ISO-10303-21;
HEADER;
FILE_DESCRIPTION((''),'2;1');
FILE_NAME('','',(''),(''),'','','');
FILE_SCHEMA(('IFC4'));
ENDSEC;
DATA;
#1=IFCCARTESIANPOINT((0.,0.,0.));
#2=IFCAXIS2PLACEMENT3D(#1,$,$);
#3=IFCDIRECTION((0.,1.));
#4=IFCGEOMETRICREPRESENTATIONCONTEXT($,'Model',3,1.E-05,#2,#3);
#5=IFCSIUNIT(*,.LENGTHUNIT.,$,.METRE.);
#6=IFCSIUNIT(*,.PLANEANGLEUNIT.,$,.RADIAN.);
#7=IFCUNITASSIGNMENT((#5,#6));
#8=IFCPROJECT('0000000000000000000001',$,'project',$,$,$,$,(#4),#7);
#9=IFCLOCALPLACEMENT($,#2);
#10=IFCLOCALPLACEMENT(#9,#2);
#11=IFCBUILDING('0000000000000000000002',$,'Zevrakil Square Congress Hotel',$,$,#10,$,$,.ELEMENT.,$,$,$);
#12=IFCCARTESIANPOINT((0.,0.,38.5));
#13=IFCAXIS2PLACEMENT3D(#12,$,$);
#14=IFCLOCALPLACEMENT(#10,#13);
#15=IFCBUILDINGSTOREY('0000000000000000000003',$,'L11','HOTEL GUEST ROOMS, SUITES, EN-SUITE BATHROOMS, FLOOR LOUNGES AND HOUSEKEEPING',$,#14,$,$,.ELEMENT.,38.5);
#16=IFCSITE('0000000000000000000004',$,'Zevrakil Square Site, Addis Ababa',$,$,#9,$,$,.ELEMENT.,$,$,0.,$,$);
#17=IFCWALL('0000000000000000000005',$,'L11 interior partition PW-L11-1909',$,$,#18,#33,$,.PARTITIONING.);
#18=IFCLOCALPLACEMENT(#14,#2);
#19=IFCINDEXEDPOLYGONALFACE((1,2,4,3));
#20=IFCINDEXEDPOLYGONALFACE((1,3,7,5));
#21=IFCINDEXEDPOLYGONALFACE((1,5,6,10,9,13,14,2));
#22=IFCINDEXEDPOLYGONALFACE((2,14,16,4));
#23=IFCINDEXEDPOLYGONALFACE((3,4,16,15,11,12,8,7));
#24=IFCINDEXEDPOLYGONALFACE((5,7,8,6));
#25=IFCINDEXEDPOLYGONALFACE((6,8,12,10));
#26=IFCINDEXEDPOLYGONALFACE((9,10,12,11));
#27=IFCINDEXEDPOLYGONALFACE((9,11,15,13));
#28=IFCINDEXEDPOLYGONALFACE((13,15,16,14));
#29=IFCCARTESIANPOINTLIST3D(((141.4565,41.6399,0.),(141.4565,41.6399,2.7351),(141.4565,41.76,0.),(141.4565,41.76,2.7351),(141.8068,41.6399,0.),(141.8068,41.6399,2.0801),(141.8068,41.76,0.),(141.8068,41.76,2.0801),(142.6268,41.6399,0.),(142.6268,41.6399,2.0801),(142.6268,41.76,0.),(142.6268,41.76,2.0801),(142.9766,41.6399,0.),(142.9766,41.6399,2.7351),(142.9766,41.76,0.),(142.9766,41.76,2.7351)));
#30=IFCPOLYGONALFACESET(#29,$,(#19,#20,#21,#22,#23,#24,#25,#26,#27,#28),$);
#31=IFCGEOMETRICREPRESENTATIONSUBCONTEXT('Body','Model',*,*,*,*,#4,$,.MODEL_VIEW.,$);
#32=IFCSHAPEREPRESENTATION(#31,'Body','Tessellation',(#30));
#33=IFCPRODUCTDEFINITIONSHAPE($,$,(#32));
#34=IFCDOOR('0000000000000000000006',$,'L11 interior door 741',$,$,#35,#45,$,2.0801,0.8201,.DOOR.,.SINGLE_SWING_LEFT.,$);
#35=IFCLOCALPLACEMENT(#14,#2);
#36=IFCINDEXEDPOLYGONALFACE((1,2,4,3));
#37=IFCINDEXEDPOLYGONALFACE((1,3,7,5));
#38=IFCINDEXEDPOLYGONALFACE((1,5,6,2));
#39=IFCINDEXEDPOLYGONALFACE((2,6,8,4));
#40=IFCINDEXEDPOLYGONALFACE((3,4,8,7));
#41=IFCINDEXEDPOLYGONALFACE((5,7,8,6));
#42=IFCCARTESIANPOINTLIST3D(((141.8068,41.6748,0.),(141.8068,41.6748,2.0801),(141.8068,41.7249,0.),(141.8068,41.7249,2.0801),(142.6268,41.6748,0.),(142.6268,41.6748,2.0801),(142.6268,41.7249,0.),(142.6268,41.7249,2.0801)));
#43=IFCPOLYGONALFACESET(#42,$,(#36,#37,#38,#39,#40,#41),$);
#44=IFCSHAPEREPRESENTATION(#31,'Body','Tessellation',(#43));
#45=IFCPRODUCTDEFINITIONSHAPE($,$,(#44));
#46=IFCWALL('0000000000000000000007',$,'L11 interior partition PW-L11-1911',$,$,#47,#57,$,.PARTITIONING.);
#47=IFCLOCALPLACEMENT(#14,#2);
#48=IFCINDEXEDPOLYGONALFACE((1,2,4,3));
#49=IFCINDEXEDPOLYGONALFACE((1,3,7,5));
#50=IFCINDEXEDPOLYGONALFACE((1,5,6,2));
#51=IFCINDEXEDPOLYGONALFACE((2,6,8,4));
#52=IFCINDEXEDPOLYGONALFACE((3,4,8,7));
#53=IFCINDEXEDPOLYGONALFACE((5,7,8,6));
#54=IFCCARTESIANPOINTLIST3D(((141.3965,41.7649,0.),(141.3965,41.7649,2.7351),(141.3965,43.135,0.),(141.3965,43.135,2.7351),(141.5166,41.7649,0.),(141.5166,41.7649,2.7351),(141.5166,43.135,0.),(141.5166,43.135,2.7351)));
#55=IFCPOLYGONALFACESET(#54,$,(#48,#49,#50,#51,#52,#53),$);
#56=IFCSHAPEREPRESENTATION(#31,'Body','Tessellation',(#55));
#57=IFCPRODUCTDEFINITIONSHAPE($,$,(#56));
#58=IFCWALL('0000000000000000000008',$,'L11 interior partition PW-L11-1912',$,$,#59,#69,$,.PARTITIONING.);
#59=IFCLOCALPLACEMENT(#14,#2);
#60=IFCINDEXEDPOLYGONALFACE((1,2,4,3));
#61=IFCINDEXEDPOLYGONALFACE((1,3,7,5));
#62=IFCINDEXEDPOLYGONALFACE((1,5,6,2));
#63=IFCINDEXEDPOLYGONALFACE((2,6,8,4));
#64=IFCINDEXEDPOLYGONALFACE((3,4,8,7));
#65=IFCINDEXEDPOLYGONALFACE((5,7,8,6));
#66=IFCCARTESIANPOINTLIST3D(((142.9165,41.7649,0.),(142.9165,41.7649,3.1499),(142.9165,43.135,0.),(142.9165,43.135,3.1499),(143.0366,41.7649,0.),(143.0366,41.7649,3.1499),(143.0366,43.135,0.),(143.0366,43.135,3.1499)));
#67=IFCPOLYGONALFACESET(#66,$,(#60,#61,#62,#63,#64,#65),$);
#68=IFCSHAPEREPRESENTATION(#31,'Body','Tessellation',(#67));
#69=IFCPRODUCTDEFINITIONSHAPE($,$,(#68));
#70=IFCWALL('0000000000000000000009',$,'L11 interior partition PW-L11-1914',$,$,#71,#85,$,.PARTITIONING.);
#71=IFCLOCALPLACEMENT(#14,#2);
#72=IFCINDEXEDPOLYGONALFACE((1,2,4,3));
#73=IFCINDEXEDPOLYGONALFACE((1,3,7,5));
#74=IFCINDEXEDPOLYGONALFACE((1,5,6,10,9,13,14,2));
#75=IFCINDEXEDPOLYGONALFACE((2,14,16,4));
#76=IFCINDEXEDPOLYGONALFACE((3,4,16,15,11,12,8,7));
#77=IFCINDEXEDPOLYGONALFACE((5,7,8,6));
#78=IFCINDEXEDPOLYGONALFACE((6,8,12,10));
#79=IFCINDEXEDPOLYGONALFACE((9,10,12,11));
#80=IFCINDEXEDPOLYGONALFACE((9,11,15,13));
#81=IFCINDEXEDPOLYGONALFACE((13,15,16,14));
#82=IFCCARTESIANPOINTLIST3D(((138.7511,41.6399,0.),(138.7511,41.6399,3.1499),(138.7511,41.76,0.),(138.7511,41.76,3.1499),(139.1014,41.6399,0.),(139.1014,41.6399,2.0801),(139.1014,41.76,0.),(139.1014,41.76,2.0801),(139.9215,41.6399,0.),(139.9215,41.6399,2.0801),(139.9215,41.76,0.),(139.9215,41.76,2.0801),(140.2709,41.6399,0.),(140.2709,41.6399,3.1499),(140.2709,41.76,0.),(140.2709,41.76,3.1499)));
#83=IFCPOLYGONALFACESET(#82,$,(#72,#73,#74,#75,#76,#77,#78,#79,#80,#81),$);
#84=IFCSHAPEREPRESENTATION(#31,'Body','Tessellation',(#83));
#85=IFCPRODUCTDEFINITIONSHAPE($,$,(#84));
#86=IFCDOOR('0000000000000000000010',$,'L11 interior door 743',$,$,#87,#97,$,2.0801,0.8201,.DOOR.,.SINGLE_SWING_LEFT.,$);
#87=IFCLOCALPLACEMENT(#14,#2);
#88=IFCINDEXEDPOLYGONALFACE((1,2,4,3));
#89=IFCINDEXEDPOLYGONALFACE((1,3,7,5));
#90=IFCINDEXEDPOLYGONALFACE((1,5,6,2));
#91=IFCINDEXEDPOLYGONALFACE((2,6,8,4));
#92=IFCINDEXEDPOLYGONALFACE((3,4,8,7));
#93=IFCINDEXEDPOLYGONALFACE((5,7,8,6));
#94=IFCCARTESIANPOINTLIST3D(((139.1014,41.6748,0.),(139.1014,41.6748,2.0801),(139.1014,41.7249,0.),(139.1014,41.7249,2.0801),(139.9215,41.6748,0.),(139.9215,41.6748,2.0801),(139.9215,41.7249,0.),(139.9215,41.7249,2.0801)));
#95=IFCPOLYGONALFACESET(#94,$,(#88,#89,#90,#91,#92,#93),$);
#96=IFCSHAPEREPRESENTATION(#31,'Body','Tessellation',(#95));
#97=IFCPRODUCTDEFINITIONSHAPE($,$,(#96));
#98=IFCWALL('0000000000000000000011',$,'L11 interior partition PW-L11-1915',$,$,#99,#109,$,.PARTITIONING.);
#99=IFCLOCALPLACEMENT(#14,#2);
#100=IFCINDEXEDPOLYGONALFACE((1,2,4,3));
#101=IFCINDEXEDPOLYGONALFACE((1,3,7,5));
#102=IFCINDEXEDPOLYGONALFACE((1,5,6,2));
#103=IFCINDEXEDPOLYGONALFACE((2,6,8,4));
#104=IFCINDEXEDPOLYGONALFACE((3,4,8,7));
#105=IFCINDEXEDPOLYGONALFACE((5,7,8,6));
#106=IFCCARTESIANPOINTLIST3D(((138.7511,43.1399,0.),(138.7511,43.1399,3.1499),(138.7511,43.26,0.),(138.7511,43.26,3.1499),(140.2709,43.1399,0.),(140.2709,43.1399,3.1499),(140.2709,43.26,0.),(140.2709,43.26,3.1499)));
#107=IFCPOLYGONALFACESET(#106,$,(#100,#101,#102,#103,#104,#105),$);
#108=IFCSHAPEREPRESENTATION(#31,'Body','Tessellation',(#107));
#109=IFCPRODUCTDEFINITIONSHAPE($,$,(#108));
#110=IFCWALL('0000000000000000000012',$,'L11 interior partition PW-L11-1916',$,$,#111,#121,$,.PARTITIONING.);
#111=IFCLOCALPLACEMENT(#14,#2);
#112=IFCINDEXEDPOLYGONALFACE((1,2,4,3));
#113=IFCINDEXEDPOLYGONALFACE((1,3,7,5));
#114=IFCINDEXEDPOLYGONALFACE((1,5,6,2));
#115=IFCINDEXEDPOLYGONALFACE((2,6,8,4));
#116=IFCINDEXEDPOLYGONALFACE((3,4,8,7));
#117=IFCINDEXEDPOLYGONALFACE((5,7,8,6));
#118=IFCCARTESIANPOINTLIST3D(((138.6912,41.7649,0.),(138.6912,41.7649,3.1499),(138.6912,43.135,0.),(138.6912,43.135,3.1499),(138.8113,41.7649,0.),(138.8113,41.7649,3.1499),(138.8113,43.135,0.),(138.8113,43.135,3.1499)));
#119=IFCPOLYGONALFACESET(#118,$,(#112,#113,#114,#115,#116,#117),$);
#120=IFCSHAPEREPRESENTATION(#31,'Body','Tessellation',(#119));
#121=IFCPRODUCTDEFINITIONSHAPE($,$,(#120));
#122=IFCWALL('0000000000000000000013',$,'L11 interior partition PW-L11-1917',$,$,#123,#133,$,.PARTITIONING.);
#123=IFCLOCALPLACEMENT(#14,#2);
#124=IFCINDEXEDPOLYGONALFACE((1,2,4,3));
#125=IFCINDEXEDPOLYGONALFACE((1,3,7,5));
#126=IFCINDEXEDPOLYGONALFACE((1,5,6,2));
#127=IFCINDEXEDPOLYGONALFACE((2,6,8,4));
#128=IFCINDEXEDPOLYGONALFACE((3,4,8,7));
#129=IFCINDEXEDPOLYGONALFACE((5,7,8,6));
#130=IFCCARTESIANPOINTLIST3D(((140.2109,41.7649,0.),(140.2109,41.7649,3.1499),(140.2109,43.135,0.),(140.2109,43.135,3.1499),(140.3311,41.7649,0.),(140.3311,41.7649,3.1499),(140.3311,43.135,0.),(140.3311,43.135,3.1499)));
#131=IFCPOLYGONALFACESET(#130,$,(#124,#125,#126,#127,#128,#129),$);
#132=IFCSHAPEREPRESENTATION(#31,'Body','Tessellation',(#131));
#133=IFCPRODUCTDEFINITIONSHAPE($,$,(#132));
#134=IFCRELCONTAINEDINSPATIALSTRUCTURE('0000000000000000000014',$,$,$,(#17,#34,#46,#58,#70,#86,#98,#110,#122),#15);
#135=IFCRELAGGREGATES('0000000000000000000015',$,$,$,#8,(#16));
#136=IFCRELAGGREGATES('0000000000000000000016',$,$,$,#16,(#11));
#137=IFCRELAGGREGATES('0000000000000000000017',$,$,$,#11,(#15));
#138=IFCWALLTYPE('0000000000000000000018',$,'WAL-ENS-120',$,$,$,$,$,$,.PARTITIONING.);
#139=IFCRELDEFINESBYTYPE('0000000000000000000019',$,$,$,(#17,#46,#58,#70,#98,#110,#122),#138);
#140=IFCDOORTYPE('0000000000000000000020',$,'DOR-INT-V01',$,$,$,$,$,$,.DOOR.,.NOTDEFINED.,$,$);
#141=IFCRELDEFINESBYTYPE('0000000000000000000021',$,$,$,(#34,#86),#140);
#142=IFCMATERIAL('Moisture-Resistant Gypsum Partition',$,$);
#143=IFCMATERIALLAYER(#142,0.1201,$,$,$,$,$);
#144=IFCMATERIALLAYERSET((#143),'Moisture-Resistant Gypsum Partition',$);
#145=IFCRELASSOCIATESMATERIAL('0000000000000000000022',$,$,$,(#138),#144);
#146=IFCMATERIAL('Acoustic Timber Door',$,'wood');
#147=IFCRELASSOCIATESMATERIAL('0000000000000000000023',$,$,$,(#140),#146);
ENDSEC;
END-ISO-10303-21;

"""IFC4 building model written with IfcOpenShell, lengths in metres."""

from ifc_helpers import new_model, si_unit, direction, frame, frame_2d, origin, place, context, subcontext, project, spatial, rectangle, extrude, material, layer, layer_set, type_object, element, fill, save


model = new_model("IFC4")

# Units and contexts
model_context = context("Model", 3, precision=1e-05, world=origin(), true_north=direction((0.0, 1.0)))
body_context = subcontext(model_context, "Body", "Model", "MODEL_VIEW")
ifc_project = project(units=[si_unit("LENGTHUNIT", "METRE"), si_unit("PLANEANGLEUNIT", "RADIAN")], contexts=[model_context])

# Site, building, storey
site_placement = place(None, origin())
site = spatial("IfcSite", under=ifc_project, at=site_placement, Name="Zevrakil Square Site, Addis Ababa", CompositionType="ELEMENT", RefElevation=0.0)
building_placement = place(site_placement, origin())
building = spatial("IfcBuilding", under=site, at=building_placement, Name="Zevrakil Square Congress Hotel", CompositionType="ELEMENT")
storey_placement = place(building_placement, frame((0.0, 0.0, 38.5)))
storey = spatial("IfcBuildingStorey", under=building, at=storey_placement, Name="L11", Description="HOTEL GUEST ROOMS, SUITES, EN-SUITE BATHROOMS, FLOOR LOUNGES AND HOUSEKEEPING", CompositionType="ELEMENT", Elevation=38.5)

# Shared definitions
ifc_material_1 = material(Name="Moisture-Resistant Gypsum Partition")
ifc_layer_1 = layer(ifc_material_1, 0.1201)
ifc_layer_set_1 = layer_set([ifc_layer_1], Name="Moisture-Resistant Gypsum Partition")
wall_type_1 = type_object("IfcWallType", Name="WAL-ENS-120", PredefinedType="PARTITIONING", material=ifc_layer_set_1)
ifc_material_2 = material(Name="Acoustic Timber Door", Category="wood")
door_type_1 = type_object("IfcDoorType", Name="DOR-INT-V01", OperationType="NOTDEFINED", PredefinedType="DOOR", material=ifc_material_2)

# Wall, opening, door
wall_1_placement = place(storey_placement, frame((141.4565, 41.7, 0.0), z_axis=(0.0, 0.0, 1.0), x_axis=(1.0, 0.0, 0.0)))
wall_1 = element("IfcWall", 1, at=wall_1_placement, inside=storey, type_object=wall_type_1, Name="L11 interior partition PW-L11-1909", PredefinedType="PARTITIONING", context=body_context, shape_type="SweptSolid", body=[
    extrude(rectangle(XDim=1.52, YDim=0.1201, at=frame_2d((0.76, 0.0))), origin(), (0.0, 0.0, 1.0), 2.7351),
])
opening_1_placement = place(wall_1_placement, frame((0.3501, 0.0, 0.0)))
opening_1 = element("IfcOpeningElement", 2, at=opening_1_placement, cuts=wall_1, PredefinedType="OPENING", context=body_context, shape_type="SweptSolid", body=[
    extrude(rectangle(XDim=0.8201, YDim=2.0801, at=frame_2d((0.4102, 1.04))), frame((0.0, 0.0701, 0.0), z_axis=(0.0, -1.0, 0.0), x_axis=(1.0, 0.0, 0.0)), (0.0, 0.0, 1.0), 0.1401),
])
door_1_placement = place(opening_1_placement, origin())
door_1 = element("IfcDoor", 3, at=door_1_placement, inside=storey, type_object=door_type_1, Name="L11 interior door 741", OperationType="SINGLE_SWING_LEFT", OverallHeight=2.0801, OverallWidth=0.8201, PredefinedType="DOOR", context=body_context, shape_type="SweptSolid", body=[
    extrude(rectangle(XDim=0.8201, YDim=2.0801, at=frame_2d((0.4102, 1.04))), frame((0.0, 0.0249, 0.0), z_axis=(0.0, -1.0, 0.0), x_axis=(1.0, 0.0, 0.0)), (0.0, 0.0, 1.0), 0.05),
])
fill(opening_1, door_1)

# Walls
wall_2_placement = place(storey_placement, frame((141.4565, 41.7649, 0.0), z_axis=(0.0, 0.0, 1.0), x_axis=(0.0, 1.0, 0.0)))
element("IfcWall", 4, at=wall_2_placement, inside=storey, type_object=wall_type_1, Name="L11 interior partition PW-L11-1911", PredefinedType="PARTITIONING", context=body_context, shape_type="SweptSolid", body=[
    extrude(rectangle(XDim=1.3701, YDim=0.1201, at=frame_2d((0.6851, 0.0))), origin(), (0.0, 0.0, 1.0), 2.7351),
])
wall_3_placement = place(storey_placement, frame((142.9766, 41.7649, 0.0), z_axis=(0.0, 0.0, 1.0), x_axis=(0.0, 1.0, 0.0)))
element("IfcWall", 5, at=wall_3_placement, inside=storey, type_object=wall_type_1, Name="L11 interior partition PW-L11-1912", PredefinedType="PARTITIONING", context=body_context, shape_type="SweptSolid", body=[
    extrude(rectangle(XDim=1.3701, YDim=0.1201, at=frame_2d((0.6851, 0.0))), origin(), (0.0, 0.0, 1.0), 3.1499),
])

# Wall, opening, door
wall_4_placement = place(storey_placement, frame((138.7512, 41.7, 0.0), z_axis=(0.0, 0.0, 1.0), x_axis=(1.0, 0.0, 0.0)))
wall_4 = element("IfcWall", 6, at=wall_4_placement, inside=storey, type_object=wall_type_1, Name="L11 interior partition PW-L11-1914", PredefinedType="PARTITIONING", context=body_context, shape_type="SweptSolid", body=[
    extrude(rectangle(XDim=1.5198, YDim=0.1201, at=frame_2d((0.7598, 0.0))), origin(), (0.0, 0.0, 1.0), 3.1499),
])
opening_2_placement = place(wall_4_placement, frame((0.3501, 0.0, 0.0)))
opening_2 = element("IfcOpeningElement", 7, at=opening_2_placement, cuts=wall_4, PredefinedType="OPENING", context=body_context, shape_type="SweptSolid", body=[
    extrude(rectangle(XDim=0.8201, YDim=2.0801, at=frame_2d((0.4102, 1.04))), frame((0.0, 0.0701, 0.0), z_axis=(0.0, -1.0, 0.0), x_axis=(1.0, 0.0, 0.0)), (0.0, 0.0, 1.0), 0.1401),
])
door_2_placement = place(opening_2_placement, origin())
door_2 = element("IfcDoor", 8, at=door_2_placement, inside=storey, type_object=door_type_1, Name="L11 interior door 743", OperationType="SINGLE_SWING_LEFT", OverallHeight=2.0801, OverallWidth=0.8201, PredefinedType="DOOR", context=body_context, shape_type="SweptSolid", body=[
    extrude(rectangle(XDim=0.8201, YDim=2.0801, at=frame_2d((0.4102, 1.04))), frame((0.0, 0.0249, 0.0), z_axis=(0.0, -1.0, 0.0), x_axis=(1.0, 0.0, 0.0)), (0.0, 0.0, 1.0), 0.05),
])
fill(opening_2, door_2)

# Walls
wall_5_placement = place(storey_placement, frame((138.7512, 43.2, 0.0), z_axis=(0.0, 0.0, 1.0), x_axis=(1.0, 0.0, 0.0)))
element("IfcWall", 9, at=wall_5_placement, inside=storey, type_object=wall_type_1, Name="L11 interior partition PW-L11-1915", PredefinedType="PARTITIONING", context=body_context, shape_type="SweptSolid", body=[
    extrude(rectangle(XDim=1.5198, YDim=0.1201, at=frame_2d((0.7598, 0.0))), origin(), (0.0, 0.0, 1.0), 3.1499),
])
for number, where, z_axis, x_axis, name in (
    (10, (138.7512, 41.7649, 0.0), (0.0, 0.0, 1.0), (0.0, 1.0, 0.0), "L11 interior partition PW-L11-1916"),
    (11, (140.271, 41.7649, 0.0), (0.0, 0.0, 1.0), (0.0, 1.0, 0.0), "L11 interior partition PW-L11-1917"),
):
    element("IfcWall", number, at=place(storey_placement, frame(where, z_axis=z_axis, x_axis=x_axis)), inside=storey, type_object=wall_type_1, Name=name, PredefinedType="PARTITIONING", context=body_context, shape_type="SweptSolid", body=[
        extrude(rectangle(XDim=1.3701, YDim=0.1201, at=frame_2d((0.6851, 0.0))), origin(), (0.0, 0.0, 1.0), 3.1499),
    ])

save(model, "model.ifc")
